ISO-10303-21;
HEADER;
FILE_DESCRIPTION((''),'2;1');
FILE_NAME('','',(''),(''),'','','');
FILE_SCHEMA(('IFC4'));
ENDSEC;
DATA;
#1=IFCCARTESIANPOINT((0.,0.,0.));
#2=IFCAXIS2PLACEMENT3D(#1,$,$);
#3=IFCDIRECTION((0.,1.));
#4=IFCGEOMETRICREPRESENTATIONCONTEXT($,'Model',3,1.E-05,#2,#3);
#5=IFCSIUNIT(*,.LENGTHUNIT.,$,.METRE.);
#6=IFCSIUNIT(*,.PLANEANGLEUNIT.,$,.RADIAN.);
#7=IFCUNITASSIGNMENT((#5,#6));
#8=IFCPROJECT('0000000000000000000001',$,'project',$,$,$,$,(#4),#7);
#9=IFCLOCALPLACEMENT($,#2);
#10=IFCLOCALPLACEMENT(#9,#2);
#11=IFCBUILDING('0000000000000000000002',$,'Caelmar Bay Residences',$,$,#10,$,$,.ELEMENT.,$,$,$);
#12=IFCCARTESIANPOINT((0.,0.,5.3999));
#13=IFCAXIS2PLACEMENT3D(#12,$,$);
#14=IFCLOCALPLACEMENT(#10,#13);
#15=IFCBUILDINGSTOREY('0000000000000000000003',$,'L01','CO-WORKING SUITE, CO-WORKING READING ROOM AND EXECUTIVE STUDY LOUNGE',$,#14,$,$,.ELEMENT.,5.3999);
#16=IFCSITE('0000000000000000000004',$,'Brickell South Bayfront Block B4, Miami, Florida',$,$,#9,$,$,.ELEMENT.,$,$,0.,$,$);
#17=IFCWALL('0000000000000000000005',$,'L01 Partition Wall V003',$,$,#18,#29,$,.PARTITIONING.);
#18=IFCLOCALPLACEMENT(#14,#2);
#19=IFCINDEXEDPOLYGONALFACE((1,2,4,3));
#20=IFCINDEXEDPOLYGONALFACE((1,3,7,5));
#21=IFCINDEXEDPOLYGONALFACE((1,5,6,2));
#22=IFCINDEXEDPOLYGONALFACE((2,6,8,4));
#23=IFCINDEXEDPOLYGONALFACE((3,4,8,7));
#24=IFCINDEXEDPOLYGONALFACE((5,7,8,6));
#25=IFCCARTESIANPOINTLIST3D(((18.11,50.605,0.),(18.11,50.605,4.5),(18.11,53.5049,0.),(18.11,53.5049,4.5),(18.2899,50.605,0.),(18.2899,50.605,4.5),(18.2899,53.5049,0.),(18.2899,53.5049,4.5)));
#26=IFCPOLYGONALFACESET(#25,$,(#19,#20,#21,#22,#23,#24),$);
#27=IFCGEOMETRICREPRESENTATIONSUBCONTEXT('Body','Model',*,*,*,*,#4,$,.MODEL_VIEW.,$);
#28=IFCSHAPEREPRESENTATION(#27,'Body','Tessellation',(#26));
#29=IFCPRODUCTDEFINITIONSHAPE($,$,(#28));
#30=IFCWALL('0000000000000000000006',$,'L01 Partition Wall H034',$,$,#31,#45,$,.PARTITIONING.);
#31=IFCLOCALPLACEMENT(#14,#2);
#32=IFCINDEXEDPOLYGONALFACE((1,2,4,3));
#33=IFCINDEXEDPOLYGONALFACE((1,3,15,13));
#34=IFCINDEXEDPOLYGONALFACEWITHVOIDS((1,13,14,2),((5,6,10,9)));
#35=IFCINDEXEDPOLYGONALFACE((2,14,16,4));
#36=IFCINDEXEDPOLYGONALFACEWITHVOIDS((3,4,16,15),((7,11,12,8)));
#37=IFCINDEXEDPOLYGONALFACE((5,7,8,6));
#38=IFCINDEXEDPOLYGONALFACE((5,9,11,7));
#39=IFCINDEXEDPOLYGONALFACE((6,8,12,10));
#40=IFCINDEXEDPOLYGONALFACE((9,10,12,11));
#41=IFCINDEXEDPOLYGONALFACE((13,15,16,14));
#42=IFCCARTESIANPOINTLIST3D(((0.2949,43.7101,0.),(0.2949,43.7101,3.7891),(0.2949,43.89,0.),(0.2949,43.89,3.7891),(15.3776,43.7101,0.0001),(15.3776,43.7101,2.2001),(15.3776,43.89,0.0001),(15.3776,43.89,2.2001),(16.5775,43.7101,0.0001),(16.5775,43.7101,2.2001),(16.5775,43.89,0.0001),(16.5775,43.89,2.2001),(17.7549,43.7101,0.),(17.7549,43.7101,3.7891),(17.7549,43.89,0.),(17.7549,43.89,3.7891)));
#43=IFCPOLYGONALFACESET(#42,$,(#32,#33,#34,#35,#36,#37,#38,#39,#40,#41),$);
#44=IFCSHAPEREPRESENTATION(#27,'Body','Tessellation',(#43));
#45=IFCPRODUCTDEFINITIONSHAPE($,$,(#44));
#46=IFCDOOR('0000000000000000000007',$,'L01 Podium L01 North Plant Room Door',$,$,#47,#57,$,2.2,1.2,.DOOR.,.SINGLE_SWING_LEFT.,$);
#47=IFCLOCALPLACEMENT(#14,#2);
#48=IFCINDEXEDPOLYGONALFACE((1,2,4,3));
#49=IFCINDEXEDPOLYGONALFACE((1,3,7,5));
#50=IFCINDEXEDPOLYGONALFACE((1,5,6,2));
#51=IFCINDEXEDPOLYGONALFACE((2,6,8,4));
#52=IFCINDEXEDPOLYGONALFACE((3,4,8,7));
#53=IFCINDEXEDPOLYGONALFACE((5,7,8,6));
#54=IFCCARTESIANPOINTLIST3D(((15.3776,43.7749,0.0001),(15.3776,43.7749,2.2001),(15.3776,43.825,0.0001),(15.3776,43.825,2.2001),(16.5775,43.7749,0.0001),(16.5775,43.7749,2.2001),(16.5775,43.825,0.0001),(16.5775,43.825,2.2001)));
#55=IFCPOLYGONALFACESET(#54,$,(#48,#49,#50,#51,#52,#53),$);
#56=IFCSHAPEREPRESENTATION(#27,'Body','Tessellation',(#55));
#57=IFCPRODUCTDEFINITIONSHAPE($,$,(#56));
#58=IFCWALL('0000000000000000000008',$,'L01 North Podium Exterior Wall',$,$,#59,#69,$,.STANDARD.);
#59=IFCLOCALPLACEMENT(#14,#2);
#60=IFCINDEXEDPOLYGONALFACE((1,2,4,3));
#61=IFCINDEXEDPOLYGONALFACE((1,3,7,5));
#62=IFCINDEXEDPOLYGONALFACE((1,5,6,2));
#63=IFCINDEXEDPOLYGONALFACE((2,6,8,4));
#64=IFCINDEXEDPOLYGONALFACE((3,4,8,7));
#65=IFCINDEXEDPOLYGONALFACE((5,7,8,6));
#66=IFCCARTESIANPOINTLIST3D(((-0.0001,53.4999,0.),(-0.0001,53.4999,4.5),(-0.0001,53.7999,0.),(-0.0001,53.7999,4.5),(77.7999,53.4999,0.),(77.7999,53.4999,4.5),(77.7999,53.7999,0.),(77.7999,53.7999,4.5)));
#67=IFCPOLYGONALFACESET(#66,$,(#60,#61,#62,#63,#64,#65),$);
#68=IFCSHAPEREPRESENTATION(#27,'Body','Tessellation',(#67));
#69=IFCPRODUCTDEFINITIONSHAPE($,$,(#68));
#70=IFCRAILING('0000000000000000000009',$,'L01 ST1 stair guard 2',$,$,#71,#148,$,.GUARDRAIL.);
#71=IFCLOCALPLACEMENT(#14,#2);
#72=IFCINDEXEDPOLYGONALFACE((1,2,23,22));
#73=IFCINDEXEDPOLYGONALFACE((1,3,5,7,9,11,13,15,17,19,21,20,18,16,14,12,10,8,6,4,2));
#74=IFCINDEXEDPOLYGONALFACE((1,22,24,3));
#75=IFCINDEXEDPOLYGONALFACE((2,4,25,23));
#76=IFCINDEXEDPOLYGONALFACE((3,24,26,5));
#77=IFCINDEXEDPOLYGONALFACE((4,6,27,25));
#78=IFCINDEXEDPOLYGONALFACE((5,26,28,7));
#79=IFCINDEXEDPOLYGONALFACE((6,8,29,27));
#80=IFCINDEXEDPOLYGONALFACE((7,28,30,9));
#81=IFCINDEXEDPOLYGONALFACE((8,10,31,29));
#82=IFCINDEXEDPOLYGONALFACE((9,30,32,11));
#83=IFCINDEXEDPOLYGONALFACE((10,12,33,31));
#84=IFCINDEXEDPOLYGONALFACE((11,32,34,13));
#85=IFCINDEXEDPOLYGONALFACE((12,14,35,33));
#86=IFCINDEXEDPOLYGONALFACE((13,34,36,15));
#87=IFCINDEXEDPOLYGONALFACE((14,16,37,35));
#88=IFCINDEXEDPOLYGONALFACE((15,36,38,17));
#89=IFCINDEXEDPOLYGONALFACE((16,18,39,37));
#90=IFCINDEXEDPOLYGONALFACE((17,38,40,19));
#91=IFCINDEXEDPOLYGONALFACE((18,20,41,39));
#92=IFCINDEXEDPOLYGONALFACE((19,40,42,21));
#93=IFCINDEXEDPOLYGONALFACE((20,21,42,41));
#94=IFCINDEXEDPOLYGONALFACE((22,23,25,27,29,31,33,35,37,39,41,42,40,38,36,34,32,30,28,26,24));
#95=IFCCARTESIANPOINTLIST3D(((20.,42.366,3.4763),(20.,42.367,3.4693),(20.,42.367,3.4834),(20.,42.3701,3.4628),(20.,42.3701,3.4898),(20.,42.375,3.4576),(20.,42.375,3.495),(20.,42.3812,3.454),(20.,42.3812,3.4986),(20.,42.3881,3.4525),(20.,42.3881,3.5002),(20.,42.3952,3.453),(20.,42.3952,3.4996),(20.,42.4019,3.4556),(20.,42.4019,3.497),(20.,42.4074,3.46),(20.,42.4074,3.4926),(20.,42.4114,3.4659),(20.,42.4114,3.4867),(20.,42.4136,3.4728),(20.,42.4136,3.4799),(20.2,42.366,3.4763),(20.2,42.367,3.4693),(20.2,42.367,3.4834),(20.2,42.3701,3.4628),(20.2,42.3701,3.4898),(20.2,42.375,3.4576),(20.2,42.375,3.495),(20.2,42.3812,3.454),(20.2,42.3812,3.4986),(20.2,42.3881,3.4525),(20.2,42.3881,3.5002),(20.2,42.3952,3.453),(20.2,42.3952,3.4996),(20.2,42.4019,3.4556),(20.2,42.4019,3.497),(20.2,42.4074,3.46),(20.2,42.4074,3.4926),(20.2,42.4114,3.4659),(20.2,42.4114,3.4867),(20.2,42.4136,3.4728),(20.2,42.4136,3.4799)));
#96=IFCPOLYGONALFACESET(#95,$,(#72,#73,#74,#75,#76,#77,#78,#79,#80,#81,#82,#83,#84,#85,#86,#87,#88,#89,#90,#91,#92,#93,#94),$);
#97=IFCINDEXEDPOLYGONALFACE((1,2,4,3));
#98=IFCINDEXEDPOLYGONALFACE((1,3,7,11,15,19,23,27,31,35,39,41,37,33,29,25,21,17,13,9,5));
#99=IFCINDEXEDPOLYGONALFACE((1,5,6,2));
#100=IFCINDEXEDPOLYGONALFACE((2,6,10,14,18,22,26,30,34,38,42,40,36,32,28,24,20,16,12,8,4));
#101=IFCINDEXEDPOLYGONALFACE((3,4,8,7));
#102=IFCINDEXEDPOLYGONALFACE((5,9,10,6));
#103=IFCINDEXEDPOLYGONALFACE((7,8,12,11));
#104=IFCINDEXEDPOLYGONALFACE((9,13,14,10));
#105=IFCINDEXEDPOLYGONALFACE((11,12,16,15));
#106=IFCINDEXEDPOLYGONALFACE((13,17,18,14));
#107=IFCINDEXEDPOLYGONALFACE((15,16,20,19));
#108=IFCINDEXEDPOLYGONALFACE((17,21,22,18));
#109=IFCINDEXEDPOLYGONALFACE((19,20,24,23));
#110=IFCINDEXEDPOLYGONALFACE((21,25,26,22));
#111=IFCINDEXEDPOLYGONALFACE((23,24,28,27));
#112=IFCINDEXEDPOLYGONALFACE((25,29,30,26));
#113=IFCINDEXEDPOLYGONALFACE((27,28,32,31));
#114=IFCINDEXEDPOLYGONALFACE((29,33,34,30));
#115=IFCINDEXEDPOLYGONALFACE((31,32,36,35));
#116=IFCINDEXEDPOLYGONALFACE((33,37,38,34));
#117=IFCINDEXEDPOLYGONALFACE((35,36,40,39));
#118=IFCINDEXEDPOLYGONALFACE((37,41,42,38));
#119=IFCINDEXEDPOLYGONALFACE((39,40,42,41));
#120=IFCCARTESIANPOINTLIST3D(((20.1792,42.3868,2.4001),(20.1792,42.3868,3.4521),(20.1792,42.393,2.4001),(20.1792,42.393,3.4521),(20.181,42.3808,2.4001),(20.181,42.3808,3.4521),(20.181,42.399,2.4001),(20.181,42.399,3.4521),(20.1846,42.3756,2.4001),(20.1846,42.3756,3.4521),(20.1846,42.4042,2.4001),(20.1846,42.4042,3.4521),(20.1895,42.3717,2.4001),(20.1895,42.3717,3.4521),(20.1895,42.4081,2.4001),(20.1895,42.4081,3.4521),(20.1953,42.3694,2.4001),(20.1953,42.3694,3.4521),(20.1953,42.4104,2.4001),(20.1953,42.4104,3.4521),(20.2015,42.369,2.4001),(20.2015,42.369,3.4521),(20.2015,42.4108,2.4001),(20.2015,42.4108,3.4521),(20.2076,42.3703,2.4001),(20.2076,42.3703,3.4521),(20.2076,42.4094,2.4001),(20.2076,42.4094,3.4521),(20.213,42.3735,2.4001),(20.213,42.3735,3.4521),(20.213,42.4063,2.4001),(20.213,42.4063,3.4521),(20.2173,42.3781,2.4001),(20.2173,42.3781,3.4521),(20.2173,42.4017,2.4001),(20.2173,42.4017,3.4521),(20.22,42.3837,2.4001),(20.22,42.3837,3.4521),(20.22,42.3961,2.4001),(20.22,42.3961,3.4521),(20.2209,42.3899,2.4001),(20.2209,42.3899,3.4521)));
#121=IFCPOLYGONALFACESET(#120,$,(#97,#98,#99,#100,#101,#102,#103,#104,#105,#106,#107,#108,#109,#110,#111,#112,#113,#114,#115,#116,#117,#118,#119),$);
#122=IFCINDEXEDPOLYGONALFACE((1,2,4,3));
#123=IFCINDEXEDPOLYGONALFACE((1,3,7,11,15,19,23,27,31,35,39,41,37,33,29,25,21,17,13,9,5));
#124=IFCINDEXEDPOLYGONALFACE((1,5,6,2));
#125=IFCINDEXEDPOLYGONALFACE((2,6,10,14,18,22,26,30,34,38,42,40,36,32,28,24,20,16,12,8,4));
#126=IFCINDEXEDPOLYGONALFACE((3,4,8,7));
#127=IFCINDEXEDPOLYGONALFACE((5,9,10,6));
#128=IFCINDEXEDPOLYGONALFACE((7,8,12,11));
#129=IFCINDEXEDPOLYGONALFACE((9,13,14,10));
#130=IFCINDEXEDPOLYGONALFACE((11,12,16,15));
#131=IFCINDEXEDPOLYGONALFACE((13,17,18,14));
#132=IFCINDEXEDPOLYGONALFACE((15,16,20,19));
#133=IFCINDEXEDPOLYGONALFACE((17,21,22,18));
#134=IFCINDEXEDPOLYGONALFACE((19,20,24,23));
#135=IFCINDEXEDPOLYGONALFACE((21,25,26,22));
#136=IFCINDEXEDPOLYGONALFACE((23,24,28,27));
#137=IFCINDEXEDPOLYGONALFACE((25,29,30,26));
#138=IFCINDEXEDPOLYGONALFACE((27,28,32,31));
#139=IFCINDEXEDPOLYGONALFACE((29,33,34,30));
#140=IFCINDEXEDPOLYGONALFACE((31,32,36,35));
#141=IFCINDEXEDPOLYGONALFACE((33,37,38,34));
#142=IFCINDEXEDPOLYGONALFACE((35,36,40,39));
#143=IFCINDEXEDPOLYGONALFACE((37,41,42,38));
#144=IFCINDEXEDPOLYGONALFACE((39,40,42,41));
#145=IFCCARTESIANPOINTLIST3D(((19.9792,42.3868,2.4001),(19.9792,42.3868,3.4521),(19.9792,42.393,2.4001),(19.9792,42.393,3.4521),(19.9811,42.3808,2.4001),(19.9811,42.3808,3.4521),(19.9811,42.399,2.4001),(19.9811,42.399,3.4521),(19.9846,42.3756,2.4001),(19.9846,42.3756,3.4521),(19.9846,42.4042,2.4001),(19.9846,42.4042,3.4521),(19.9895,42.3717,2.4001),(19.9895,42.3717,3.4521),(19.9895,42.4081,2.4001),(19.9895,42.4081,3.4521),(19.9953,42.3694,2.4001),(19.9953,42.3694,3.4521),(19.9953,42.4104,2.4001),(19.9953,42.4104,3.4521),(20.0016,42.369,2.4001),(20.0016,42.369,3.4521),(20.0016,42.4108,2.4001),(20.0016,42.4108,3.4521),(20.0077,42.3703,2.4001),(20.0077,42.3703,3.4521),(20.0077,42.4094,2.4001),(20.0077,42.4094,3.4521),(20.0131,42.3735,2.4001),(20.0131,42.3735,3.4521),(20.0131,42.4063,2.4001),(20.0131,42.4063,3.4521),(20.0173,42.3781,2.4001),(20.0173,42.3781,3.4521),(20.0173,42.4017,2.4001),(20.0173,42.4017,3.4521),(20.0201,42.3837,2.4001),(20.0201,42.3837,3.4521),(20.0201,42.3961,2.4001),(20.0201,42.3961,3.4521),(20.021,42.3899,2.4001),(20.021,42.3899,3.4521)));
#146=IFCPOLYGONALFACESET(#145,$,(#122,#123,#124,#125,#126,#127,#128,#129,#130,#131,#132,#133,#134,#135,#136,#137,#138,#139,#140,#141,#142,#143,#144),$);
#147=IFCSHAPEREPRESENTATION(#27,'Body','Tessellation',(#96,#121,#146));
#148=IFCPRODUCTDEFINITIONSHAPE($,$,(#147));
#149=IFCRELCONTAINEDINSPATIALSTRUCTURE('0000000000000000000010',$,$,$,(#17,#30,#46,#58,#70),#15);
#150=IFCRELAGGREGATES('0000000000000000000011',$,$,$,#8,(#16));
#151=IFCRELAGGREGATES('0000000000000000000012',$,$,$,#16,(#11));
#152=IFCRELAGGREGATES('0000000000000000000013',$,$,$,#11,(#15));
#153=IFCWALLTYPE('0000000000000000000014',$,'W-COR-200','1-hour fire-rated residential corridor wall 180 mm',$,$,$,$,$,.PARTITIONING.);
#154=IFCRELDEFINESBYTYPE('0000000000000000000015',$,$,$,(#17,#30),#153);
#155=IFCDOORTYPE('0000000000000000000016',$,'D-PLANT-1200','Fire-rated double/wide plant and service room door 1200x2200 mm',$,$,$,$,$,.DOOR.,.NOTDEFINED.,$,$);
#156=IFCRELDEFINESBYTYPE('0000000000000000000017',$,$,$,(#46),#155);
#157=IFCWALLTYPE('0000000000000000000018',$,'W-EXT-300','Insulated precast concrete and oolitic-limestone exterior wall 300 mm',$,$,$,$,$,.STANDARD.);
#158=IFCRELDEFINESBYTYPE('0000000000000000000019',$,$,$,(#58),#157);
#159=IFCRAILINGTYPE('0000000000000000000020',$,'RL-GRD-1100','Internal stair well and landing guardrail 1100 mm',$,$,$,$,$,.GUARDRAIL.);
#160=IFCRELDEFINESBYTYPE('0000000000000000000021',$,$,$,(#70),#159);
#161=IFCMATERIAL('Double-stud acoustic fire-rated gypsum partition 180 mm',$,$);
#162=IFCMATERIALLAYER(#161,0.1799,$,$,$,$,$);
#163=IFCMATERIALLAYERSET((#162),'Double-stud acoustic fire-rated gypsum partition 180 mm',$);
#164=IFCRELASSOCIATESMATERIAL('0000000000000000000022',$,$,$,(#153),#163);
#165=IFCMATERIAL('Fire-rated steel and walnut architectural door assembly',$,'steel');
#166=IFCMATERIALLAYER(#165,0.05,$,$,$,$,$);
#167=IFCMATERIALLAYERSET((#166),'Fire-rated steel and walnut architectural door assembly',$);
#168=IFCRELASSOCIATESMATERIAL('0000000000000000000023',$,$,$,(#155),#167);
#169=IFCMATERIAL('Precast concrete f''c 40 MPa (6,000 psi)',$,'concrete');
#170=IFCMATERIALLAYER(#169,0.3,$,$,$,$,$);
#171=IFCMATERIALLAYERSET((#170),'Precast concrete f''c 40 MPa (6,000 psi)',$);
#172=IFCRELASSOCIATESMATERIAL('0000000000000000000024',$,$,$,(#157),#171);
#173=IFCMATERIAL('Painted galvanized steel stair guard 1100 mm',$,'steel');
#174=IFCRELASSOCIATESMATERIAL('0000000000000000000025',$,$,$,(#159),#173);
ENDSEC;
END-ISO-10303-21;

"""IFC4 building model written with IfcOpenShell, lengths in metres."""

from ifc_helpers import new_model, si_unit, direction, frame, frame_2d, origin, origin_2d, place, context, subcontext, project, spatial, rectangle, circle, extrude, material, layer, layer_set, type_object, element, fill, save


model = new_model("IFC4")

# Units and contexts
model_context = context("Model", 3, precision=1e-05, world=origin(), true_north=direction((0.0, 1.0)))
body_context = subcontext(model_context, "Body", "Model", "MODEL_VIEW")
ifc_project = project(units=[si_unit("LENGTHUNIT", "METRE"), si_unit("PLANEANGLEUNIT", "RADIAN")], contexts=[model_context])

# Site, building, storey
site_placement = place(None, origin())
site = spatial("IfcSite", under=ifc_project, at=site_placement, Name="Brickell South Bayfront Block B4, Miami, Florida", CompositionType="ELEMENT", RefElevation=0.0)
building_placement = place(site_placement, origin())
building = spatial("IfcBuilding", under=site, at=building_placement, Name="Caelmar Bay Residences", CompositionType="ELEMENT")
storey_placement = place(building_placement, frame((0.0, 0.0, 5.3999)))
storey = spatial("IfcBuildingStorey", under=building, at=storey_placement, Name="L01", Description="CO-WORKING SUITE, CO-WORKING READING ROOM AND EXECUTIVE STUDY LOUNGE", CompositionType="ELEMENT", Elevation=5.3999)

# Shared definitions
ifc_material_1 = material(Name="Fire-rated steel and walnut architectural door assembly", Category="steel")

# Wall
ifc_material_2 = material(Name="Double-stud acoustic fire-rated gypsum partition 180 mm")
ifc_layer_1 = layer(ifc_material_2, 0.1799)
ifc_layer_set_1 = layer_set([ifc_layer_1], Name="Double-stud acoustic fire-rated gypsum partition 180 mm")
wall_type_1 = type_object("IfcWallType", Name="W-COR-200", Description="1-hour fire-rated residential corridor wall 180 mm", PredefinedType="PARTITIONING", material=ifc_layer_set_1)
wall_1_placement = place(storey_placement, frame((18.2, 50.605, 0.0), z_axis=(0.0, 0.0, 1.0), x_axis=(0.0, 1.0, 0.0)))
element("IfcWall", 1, at=wall_1_placement, inside=storey, type_object=wall_type_1, Name="L01 Partition Wall V003", PredefinedType="PARTITIONING", context=body_context, shape_type="SweptSolid", body=[
    extrude(rectangle(XDim=2.8999, YDim=0.1799, at=frame_2d((1.45, 0.0))), origin(), (0.0, 0.0, 1.0), 4.5),
])

# Wall, opening, door
wall_2_placement = place(storey_placement, frame((0.2949, 43.8, 0.0), z_axis=(0.0, 0.0, 1.0), x_axis=(1.0, 0.0, 0.0)))
wall_2 = element("IfcWall", 2, at=wall_2_placement, inside=storey, type_object=wall_type_1, Name="L01 Partition Wall H034", PredefinedType="PARTITIONING", context=body_context, shape_type="SweptSolid", body=[
    extrude(rectangle(XDim=17.46, YDim=0.1799, at=frame_2d((8.73, 0.0))), origin(), (0.0, 0.0, 1.0), 3.7891),
])
opening_1_placement = place(wall_2_placement, frame((15.0825, 0.0, 0.0)))
opening_1 = element("IfcOpeningElement", 3, at=opening_1_placement, cuts=wall_2, PredefinedType="OPENING", context=body_context, shape_type="SweptSolid", body=[
    extrude(rectangle(XDim=1.2, YDim=2.2, at=frame_2d((0.6001, 1.1001))), frame((0.0, 0.0999, 0.0), z_axis=(0.0, -1.0, 0.0), x_axis=(1.0, 0.0, 0.0)), (0.0, 0.0, 1.0), 0.2),
])
ifc_layer_2 = layer(ifc_material_1, 0.05)
ifc_layer_set_2 = layer_set([ifc_layer_2], Name="Fire-rated steel and walnut architectural door assembly")
door_type_1 = type_object("IfcDoorType", Name="D-PLANT-1200", Description="Fire-rated double/wide plant and service room door 1200x2200 mm", OperationType="NOTDEFINED", PredefinedType="DOOR", material=ifc_layer_set_2)
door_1_placement = place(opening_1_placement, origin())
door_1 = element("IfcDoor", 4, at=door_1_placement, inside=storey, type_object=door_type_1, Name="L01 Podium L01 North Plant Room Door", OperationType="SINGLE_SWING_LEFT", OverallHeight=2.2, OverallWidth=1.2, PredefinedType="DOOR", context=body_context, shape_type="SweptSolid", body=[
    extrude(rectangle(XDim=1.2, YDim=2.2, at=frame_2d((0.6001, 1.1001))), frame((0.0, 0.0249, 0.0), z_axis=(0.0, -1.0, 0.0), x_axis=(1.0, 0.0, 0.0)), (0.0, 0.0, 1.0), 0.05),
])
fill(opening_1, door_1)

# Wall
ifc_material_3 = material(Name="Precast concrete f'c 40 MPa (6,000 psi)", Category="concrete")
ifc_layer_3 = layer(ifc_material_3, 0.3)
ifc_layer_set_3 = layer_set([ifc_layer_3], Name="Precast concrete f'c 40 MPa (6,000 psi)")
wall_type_2 = type_object("IfcWallType", Name="W-EXT-300", Description="Insulated precast concrete and oolitic-limestone exterior wall 300 mm", PredefinedType="STANDARD", material=ifc_layer_set_3)
wall_3_placement = place(storey_placement, frame((0.0, 53.6499, 0.0), z_axis=(0.0, 0.0, 1.0), x_axis=(1.0, 0.0, 0.0)))
element("IfcWall", 5, at=wall_3_placement, inside=storey, type_object=wall_type_2, Name="L01 North Podium Exterior Wall", PredefinedType="STANDARD", context=body_context, shape_type="SweptSolid", body=[
    extrude(rectangle(XDim=77.8, YDim=0.3, at=frame_2d((38.8999, 0.0))), origin(), (0.0, 0.0, 1.0), 4.5),
])

# Railing
ifc_material_4 = material(Name="Painted galvanized steel stair guard 1100 mm", Category="steel")
railing_type = type_object("IfcRailingType", Name="RL-GRD-1100", Description="Internal stair well and landing guardrail 1100 mm", PredefinedType="GUARDRAIL", material=ifc_material_4)
railing_1_placement = place(storey_placement, frame((20.2, 42.3899, 2.4001)))
element("IfcRailing", 6, at=railing_1_placement, inside=storey, type_object=railing_type, Name="L01 ST1 stair guard 2", PredefinedType="GUARDRAIL", context=body_context, shape_type="SweptSolid", body=[
    extrude(circle(Radius=0.0239, at=origin_2d()), frame((0.0, 0.0, 1.0762), z_axis=(-1.0, 0.0, 0.0), x_axis=(0.0, -1.0, 0.0)), (0.0, 0.0, 1.0), 0.2),
    extrude(circle(Radius=0.021, at=origin_2d()), origin(), (0.0, 0.0, 1.0), 1.052),
    extrude(circle(Radius=0.021, at=origin_2d()), frame((-0.2, 0.0, 0.0)), (0.0, 0.0, 1.0), 1.052),
])

save(model, "model.ifc")
